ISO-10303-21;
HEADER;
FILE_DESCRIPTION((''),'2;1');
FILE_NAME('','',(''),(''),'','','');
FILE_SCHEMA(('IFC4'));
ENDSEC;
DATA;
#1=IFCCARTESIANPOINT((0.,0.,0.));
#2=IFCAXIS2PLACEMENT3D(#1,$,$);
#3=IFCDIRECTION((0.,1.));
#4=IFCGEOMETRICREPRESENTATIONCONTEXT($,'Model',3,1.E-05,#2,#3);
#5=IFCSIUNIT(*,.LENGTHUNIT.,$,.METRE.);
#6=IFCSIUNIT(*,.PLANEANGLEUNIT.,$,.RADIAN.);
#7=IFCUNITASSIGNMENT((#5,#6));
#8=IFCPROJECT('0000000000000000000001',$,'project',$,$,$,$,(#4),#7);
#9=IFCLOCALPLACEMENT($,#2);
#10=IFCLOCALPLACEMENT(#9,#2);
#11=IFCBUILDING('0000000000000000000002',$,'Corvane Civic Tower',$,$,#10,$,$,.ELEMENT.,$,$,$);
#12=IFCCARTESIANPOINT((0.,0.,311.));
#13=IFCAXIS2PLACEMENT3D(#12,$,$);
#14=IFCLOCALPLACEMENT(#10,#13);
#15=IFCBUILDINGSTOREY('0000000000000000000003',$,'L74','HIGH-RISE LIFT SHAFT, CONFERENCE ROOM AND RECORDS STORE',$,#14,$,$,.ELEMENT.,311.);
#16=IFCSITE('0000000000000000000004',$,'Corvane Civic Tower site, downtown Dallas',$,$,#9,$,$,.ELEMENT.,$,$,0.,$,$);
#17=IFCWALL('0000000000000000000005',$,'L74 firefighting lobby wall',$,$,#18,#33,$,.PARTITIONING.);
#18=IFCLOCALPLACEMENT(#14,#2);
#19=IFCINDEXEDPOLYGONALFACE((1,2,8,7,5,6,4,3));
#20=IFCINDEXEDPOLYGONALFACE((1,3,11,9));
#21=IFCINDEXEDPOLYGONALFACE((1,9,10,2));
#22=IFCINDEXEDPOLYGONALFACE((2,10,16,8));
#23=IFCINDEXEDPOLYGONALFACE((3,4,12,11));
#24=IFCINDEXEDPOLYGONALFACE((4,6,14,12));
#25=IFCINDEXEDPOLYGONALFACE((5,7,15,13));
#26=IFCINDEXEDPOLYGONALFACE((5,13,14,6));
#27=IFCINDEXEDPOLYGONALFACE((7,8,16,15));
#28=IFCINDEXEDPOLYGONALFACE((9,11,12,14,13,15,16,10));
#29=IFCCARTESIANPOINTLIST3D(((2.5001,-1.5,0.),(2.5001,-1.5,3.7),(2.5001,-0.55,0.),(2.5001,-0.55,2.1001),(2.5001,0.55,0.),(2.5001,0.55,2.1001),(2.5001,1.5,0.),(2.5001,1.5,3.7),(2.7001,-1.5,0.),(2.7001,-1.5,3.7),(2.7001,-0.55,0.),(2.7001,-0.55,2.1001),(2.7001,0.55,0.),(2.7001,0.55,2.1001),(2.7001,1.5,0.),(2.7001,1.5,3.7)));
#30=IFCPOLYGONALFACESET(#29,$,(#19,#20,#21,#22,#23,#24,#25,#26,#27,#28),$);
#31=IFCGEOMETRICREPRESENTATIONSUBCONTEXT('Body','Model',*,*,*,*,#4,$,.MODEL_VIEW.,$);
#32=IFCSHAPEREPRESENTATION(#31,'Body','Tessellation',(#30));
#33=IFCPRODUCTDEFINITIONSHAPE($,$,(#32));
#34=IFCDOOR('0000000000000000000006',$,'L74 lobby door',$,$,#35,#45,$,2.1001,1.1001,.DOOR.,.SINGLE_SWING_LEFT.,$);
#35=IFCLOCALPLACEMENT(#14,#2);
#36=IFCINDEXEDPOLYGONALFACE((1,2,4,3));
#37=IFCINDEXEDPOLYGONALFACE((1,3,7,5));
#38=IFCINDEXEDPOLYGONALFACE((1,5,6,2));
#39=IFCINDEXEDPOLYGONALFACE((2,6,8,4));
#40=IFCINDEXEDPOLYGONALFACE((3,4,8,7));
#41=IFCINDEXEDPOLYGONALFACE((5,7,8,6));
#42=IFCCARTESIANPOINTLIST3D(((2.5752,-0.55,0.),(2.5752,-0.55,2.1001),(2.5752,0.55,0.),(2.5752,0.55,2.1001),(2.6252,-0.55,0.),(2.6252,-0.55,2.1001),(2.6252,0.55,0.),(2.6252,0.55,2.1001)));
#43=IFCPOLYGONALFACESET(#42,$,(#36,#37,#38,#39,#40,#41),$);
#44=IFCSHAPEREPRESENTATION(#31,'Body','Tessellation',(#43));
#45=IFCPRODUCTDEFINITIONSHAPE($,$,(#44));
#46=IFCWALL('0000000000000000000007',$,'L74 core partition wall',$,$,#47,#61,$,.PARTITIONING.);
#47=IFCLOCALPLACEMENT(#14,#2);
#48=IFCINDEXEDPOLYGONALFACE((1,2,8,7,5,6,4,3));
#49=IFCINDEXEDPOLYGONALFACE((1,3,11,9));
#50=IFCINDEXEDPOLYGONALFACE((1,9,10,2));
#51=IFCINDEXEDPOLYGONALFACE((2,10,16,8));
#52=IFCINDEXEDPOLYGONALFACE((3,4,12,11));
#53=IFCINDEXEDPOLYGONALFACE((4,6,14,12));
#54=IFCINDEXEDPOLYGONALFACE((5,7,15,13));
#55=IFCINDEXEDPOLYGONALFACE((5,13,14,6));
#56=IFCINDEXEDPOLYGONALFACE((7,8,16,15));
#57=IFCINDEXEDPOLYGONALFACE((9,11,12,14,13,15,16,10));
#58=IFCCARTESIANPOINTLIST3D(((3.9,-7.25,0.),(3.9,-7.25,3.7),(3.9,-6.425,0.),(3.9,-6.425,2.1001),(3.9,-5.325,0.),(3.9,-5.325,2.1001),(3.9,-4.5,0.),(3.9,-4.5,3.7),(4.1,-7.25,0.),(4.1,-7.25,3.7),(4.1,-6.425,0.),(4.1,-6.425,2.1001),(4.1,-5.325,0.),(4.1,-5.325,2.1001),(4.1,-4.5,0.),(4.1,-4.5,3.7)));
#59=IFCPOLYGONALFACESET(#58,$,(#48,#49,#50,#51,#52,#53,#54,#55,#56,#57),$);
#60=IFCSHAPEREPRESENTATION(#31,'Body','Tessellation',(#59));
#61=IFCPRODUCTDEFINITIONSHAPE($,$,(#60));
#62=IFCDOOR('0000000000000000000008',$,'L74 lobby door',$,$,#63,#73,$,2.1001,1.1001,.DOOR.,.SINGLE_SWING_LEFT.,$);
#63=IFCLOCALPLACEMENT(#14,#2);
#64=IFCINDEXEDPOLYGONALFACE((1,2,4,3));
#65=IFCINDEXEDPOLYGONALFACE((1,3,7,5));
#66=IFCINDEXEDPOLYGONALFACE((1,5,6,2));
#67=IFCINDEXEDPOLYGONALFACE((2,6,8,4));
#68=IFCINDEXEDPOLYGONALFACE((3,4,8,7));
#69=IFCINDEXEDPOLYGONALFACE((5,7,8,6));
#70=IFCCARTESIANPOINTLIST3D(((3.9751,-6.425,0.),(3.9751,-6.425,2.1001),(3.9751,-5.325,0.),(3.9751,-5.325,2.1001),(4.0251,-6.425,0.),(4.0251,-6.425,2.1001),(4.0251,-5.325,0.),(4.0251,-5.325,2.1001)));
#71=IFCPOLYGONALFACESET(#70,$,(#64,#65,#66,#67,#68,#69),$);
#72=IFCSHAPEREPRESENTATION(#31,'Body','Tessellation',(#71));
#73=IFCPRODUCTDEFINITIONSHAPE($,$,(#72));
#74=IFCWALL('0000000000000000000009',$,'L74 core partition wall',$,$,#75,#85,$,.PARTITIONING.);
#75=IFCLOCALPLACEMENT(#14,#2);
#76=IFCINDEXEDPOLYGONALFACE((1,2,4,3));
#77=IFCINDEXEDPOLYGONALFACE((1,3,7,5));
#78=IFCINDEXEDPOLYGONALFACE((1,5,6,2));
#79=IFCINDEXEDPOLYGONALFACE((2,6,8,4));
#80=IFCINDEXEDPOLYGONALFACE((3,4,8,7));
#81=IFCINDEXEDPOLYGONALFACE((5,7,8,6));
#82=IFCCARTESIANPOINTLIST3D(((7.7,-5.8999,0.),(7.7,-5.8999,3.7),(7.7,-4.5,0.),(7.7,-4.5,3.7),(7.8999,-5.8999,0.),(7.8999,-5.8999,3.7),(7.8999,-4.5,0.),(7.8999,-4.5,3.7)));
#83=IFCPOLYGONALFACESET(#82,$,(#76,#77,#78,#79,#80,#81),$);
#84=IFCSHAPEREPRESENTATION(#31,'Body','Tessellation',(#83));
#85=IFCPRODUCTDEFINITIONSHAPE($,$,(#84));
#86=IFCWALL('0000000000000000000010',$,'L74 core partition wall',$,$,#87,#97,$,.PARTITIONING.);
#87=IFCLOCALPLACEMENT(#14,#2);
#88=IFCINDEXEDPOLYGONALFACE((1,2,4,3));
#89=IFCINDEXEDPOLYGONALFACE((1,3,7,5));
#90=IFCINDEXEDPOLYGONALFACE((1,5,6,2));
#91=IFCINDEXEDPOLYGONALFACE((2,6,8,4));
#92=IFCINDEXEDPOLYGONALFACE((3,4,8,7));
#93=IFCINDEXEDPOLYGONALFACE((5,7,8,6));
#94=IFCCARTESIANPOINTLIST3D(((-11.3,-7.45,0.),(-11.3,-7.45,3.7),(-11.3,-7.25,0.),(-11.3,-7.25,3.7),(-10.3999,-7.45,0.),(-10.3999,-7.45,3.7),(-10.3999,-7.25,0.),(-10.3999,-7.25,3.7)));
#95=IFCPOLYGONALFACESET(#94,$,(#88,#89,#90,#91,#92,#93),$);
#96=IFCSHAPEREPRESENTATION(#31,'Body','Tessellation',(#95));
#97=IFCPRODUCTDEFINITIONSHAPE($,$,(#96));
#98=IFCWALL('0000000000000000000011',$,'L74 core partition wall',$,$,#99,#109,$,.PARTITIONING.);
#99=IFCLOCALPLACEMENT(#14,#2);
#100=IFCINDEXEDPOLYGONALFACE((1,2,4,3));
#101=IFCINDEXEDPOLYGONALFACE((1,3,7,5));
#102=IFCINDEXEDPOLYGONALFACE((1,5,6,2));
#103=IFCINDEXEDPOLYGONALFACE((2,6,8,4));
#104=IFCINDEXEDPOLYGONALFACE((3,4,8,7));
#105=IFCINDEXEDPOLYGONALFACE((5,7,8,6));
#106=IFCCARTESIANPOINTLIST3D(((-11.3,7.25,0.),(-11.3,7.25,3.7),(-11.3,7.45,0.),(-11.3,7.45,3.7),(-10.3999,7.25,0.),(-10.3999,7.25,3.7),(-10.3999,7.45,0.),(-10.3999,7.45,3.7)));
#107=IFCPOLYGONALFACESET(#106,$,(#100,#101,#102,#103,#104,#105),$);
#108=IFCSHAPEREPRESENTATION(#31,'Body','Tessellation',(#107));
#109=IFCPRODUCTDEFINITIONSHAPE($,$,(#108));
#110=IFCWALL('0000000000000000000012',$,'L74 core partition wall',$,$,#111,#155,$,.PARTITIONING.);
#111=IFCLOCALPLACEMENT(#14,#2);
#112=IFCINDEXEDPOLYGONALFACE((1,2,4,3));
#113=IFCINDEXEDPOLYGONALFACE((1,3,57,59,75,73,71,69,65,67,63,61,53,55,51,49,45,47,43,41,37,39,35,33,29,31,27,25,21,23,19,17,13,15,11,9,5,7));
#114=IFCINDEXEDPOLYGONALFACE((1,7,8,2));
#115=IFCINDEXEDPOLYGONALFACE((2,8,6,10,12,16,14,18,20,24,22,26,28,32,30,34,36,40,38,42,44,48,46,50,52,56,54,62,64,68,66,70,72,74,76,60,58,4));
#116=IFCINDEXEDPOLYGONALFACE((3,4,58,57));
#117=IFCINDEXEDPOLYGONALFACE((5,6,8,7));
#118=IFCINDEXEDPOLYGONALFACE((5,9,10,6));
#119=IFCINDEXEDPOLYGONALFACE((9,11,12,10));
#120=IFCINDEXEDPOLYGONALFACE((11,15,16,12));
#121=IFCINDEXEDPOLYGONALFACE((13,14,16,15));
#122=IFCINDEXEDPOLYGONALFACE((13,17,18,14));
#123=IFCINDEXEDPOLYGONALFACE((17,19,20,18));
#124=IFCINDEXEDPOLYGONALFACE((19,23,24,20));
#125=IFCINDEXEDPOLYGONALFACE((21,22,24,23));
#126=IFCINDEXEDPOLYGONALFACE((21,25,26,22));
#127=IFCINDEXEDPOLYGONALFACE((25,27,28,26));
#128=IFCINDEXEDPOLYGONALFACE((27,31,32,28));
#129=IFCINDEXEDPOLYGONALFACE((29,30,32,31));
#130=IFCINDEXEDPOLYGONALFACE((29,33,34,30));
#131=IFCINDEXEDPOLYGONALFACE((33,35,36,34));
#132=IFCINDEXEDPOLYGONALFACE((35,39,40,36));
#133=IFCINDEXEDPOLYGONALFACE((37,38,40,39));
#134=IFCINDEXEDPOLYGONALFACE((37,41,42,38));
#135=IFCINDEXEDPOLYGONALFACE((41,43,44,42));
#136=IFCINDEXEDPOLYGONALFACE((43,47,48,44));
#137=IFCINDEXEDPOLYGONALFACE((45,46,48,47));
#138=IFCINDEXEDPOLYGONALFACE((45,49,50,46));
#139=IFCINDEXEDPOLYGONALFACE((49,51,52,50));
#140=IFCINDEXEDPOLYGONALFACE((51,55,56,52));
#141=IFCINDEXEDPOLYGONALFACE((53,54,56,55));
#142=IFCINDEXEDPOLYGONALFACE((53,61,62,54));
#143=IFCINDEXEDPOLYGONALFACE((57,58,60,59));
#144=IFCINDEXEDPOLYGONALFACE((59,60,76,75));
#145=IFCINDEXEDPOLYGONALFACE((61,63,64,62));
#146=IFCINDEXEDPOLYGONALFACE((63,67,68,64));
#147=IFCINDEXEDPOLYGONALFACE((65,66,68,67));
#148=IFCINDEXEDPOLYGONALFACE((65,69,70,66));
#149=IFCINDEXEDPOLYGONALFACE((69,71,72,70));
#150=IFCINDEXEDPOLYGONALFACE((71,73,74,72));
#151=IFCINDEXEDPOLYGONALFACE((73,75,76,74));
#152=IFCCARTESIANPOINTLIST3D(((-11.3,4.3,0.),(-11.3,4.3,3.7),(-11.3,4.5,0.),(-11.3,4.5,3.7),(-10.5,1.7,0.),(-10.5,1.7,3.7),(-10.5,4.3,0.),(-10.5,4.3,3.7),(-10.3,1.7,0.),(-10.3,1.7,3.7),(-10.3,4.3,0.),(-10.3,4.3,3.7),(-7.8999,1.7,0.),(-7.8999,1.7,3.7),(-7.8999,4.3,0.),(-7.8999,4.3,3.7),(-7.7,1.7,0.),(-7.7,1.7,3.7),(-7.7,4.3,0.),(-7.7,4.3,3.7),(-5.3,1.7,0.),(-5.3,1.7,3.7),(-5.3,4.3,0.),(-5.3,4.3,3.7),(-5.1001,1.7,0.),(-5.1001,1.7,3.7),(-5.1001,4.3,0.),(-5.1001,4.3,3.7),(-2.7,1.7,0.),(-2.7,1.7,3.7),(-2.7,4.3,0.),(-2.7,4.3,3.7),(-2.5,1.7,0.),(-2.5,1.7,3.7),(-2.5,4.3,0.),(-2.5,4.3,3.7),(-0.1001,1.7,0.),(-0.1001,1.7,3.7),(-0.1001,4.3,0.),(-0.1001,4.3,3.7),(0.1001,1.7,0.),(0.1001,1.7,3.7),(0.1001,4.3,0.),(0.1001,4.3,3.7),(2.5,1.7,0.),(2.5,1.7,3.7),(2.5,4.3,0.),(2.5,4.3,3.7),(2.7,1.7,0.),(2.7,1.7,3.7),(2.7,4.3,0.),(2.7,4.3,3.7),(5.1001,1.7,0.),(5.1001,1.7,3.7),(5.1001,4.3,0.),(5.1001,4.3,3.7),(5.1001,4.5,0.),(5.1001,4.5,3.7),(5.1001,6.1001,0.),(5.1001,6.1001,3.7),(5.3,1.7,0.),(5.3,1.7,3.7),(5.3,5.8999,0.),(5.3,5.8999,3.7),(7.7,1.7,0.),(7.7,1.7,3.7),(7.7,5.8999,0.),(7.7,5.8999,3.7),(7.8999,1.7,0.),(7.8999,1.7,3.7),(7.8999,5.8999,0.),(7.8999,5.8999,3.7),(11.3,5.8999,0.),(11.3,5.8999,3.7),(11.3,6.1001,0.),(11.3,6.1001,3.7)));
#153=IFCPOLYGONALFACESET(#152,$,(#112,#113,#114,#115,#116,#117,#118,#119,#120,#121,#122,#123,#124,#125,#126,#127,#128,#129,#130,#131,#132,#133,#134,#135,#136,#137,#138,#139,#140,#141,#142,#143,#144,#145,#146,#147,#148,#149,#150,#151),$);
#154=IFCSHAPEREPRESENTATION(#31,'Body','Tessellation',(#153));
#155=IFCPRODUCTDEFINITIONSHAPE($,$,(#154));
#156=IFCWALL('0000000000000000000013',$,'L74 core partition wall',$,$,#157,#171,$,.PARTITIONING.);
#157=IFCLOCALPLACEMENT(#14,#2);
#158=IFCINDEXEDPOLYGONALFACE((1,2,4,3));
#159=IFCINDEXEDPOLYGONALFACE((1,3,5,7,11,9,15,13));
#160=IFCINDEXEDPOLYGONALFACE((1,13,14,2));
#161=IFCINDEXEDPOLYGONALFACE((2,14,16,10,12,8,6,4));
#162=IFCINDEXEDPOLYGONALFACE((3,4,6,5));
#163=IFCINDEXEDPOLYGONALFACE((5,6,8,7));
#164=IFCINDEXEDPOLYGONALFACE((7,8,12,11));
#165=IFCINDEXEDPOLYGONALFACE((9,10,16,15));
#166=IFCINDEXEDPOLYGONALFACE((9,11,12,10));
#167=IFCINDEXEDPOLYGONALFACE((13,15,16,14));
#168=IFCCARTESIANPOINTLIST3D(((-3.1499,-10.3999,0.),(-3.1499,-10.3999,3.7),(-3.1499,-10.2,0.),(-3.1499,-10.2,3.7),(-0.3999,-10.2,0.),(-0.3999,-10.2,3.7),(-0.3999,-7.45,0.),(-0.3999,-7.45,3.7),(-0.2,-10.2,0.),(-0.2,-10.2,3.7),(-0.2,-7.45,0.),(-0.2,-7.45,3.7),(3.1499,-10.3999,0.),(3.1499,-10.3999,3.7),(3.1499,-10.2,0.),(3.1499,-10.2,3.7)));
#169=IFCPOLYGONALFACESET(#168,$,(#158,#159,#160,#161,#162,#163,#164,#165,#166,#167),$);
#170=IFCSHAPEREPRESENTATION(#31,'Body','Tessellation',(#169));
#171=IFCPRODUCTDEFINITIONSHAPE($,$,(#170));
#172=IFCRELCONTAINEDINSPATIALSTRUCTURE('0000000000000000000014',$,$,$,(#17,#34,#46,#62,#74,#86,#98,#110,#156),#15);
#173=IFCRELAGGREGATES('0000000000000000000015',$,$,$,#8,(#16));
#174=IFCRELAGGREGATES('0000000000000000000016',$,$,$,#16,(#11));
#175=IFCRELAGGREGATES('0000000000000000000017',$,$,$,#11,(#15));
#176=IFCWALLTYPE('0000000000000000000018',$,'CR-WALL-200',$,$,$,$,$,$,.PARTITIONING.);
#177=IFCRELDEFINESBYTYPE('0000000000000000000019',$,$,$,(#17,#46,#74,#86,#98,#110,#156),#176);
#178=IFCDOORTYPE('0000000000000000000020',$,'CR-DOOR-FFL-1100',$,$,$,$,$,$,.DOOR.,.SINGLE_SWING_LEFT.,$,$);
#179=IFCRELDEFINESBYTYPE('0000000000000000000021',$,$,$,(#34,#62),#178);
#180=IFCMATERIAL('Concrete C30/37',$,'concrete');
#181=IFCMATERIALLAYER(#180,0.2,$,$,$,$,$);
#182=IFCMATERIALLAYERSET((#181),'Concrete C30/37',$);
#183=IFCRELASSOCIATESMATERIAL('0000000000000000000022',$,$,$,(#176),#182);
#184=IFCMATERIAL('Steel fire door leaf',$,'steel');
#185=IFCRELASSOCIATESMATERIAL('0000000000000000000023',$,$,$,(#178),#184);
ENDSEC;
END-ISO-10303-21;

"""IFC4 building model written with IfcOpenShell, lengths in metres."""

from ifc_helpers import new_model, si_unit, direction, frame, frame_2d, origin, place, context, subcontext, project, spatial, polyline, rectangle, outline, extrude, material, layer, layer_set, type_object, element, fill, save


model = new_model("IFC4")

# Units and contexts
model_context = context("Model", 3, precision=1e-05, world=origin(), true_north=direction((0.0, 1.0)))
body_context = subcontext(model_context, "Body", "Model", "MODEL_VIEW")
ifc_project = project(units=[si_unit("LENGTHUNIT", "METRE"), si_unit("PLANEANGLEUNIT", "RADIAN")], contexts=[model_context])

# Site, building, storey
site_placement = place(None, origin())
site = spatial("IfcSite", under=ifc_project, at=site_placement, Name="Corvane Civic Tower site, downtown Dallas", CompositionType="ELEMENT", RefElevation=0.0)
building_placement = place(site_placement, origin())
building = spatial("IfcBuilding", under=site, at=building_placement, Name="Corvane Civic Tower", CompositionType="ELEMENT")
storey_placement = place(building_placement, frame((0.0, 0.0, 311.0)))
storey = spatial("IfcBuildingStorey", under=building, at=storey_placement, Name="L74", Description="HIGH-RISE LIFT SHAFT, CONFERENCE ROOM AND RECORDS STORE", CompositionType="ELEMENT", Elevation=311.0)

# Walls, openings, doors
ifc_material_1 = material(Name="Concrete C30/37", Category="concrete")
ifc_layer_1 = layer(ifc_material_1, 0.2)
ifc_layer_set_1 = layer_set([ifc_layer_1], Name="Concrete C30/37")
wall_type_1 = type_object("IfcWallType", Name="CR-WALL-200", PredefinedType="PARTITIONING", material=ifc_layer_set_1)
wall_1_placement = place(storey_placement, frame((2.6001, -1.5, 0.0), z_axis=(0.0, 0.0, 1.0), x_axis=(0.0, 1.0, 0.0)))
wall_1 = element("IfcWall", 1, at=wall_1_placement, inside=storey, type_object=wall_type_1, Name="L74 firefighting lobby wall", PredefinedType="PARTITIONING", context=body_context, shape_type="SweptSolid", body=[
    extrude(rectangle(XDim=3.0, YDim=0.2, at=frame_2d((1.5, 0.0))), origin(), (0.0, 0.0, 1.0), 3.7),
])
opening_1_placement = place(wall_1_placement, frame((0.95, 0.0, 0.0)))
opening_1 = element("IfcOpeningElement", 2, at=opening_1_placement, cuts=wall_1, PredefinedType="OPENING", context=body_context, shape_type="SweptSolid", body=[
    extrude(rectangle(XDim=1.1001, YDim=2.1001, at=frame_2d((0.55, 1.05))), frame((0.0, 0.1099, 0.0), z_axis=(0.0, -1.0, 0.0), x_axis=(1.0, 0.0, 0.0)), (0.0, 0.0, 1.0), 0.22),
])
ifc_material_2 = material(Name="Steel fire door leaf", Category="steel")
door_type_1 = type_object("IfcDoorType", Name="CR-DOOR-FFL-1100", OperationType="SINGLE_SWING_LEFT", PredefinedType="DOOR", material=ifc_material_2)
door_1_placement = place(opening_1_placement, origin())
door_1 = element("IfcDoor", 3, at=door_1_placement, inside=storey, type_object=door_type_1, Name="L74 lobby door", OperationType="SINGLE_SWING_LEFT", OverallHeight=2.1001, OverallWidth=1.1001, PredefinedType="DOOR", context=body_context, shape_type="SweptSolid", body=[
    extrude(rectangle(XDim=1.1001, YDim=2.1001, at=frame_2d((0.55, 1.05))), frame((0.0, 0.0249, 0.0), z_axis=(0.0, -1.0, 0.0), x_axis=(1.0, 0.0, 0.0)), (0.0, 0.0, 1.0), 0.05),
])
fill(opening_1, door_1)
wall_2_placement = place(storey_placement, frame((4.0, -7.25, 0.0), z_axis=(0.0, 0.0, 1.0), x_axis=(0.0, 1.0, 0.0)))
wall_2 = element("IfcWall", 4, at=wall_2_placement, inside=storey, type_object=wall_type_1, Name="L74 core partition wall", PredefinedType="PARTITIONING", context=body_context, shape_type="SweptSolid", body=[
    extrude(rectangle(XDim=2.75, YDim=0.2, at=frame_2d((1.375, 0.0))), origin(), (0.0, 0.0, 1.0), 3.7),
])
opening_2_placement = place(wall_2_placement, frame((0.825, 0.0, 0.0)))
opening_2 = element("IfcOpeningElement", 5, at=opening_2_placement, cuts=wall_2, PredefinedType="OPENING", context=body_context, shape_type="SweptSolid", body=[
    extrude(rectangle(XDim=1.1001, YDim=2.1001, at=frame_2d((0.55, 1.05))), frame((0.0, 0.1099, 0.0), z_axis=(0.0, -1.0, 0.0), x_axis=(1.0, 0.0, 0.0)), (0.0, 0.0, 1.0), 0.22),
])
door_2_placement = place(opening_2_placement, origin())
door_2 = element("IfcDoor", 6, at=door_2_placement, inside=storey, type_object=door_type_1, Name="L74 lobby door", OperationType="SINGLE_SWING_LEFT", OverallHeight=2.1001, OverallWidth=1.1001, PredefinedType="DOOR", context=body_context, shape_type="SweptSolid", body=[
    extrude(rectangle(XDim=1.1001, YDim=2.1001, at=frame_2d((0.55, 1.05))), frame((0.0, 0.0249, 0.0), z_axis=(0.0, -1.0, 0.0), x_axis=(1.0, 0.0, 0.0)), (0.0, 0.0, 1.0), 0.05),
])
fill(opening_2, door_2)

# Walls
wall_3_placement = place(storey_placement, origin())
element("IfcWall", 7, at=wall_3_placement, inside=storey, type_object=wall_type_1, Name="L74 core partition wall", PredefinedType="PARTITIONING", context=body_context, shape_type="SweptSolid", body=[
    extrude(outline(polyline([(7.8999, -5.8999), (7.7, -5.8999), (7.7, -4.5), (7.8999, -4.5), (7.8999, -5.8999)])), origin(), (0.0, 0.0, 1.0), 3.7),
])
wall_4_placement = place(storey_placement, origin())
element("IfcWall", 8, at=wall_4_placement, inside=storey, type_object=wall_type_1, Name="L74 core partition wall", PredefinedType="PARTITIONING", context=body_context, shape_type="SweptSolid", body=[
    extrude(outline(polyline([(-10.3999, -7.45), (-11.3, -7.45), (-11.3, -7.25), (-10.3999, -7.25), (-10.3999, -7.45)])), origin(), (0.0, 0.0, 1.0), 3.7),
])
wall_5_placement = place(storey_placement, origin())
element("IfcWall", 9, at=wall_5_placement, inside=storey, type_object=wall_type_1, Name="L74 core partition wall", PredefinedType="PARTITIONING", context=body_context, shape_type="SweptSolid", body=[
    extrude(outline(polyline([(-10.3999, 7.25), (-11.3, 7.25), (-11.3, 7.45), (-10.3999, 7.45), (-10.3999, 7.25)])), origin(), (0.0, 0.0, 1.0), 3.7),
])
wall_6_placement = place(storey_placement, origin())
element("IfcWall", 10, at=wall_6_placement, inside=storey, type_object=wall_type_1, Name="L74 core partition wall", PredefinedType="PARTITIONING", context=body_context, shape_type="SweptSolid", body=[
    extrude(outline(polyline([(-5.3, 1.7), (-5.3, 4.3), (-7.7, 4.3), (-7.7, 1.7), (-7.8999, 1.7), (-7.8999, 4.3), (-10.3, 4.3), (-10.3, 1.7), (-10.5, 1.7), (-10.5, 4.3), (-11.3, 4.3), (-11.3, 4.5), (5.1001, 4.5), (5.1001, 6.1001), (11.3, 6.1001), (11.3, 5.8999), (7.8999, 5.8999), (7.8999, 1.7), (7.7, 1.7), (7.7, 5.8999), (5.3, 5.8999), (5.3, 1.7), (5.1001, 1.7), (5.1001, 4.3), (2.7, 4.3), (2.7, 1.7), (2.5, 1.7), (2.5, 4.3), (0.1001, 4.3), (0.1001, 1.7), (-0.1001, 1.7), (-0.1001, 4.3), (-2.5, 4.3), (-2.5, 1.7), (-2.7, 1.7), (-2.7, 4.3), (-5.1001, 4.3), (-5.1001, 1.7), (-5.3, 1.7)])), origin(), (0.0, 0.0, 1.0), 3.7),
])
wall_7_placement = place(storey_placement, origin())
element("IfcWall", 11, at=wall_7_placement, inside=storey, type_object=wall_type_1, Name="L74 core partition wall", PredefinedType="PARTITIONING", context=body_context, shape_type="SweptSolid", body=[
    extrude(outline(polyline([(-0.2, -7.45), (-0.2, -10.2), (3.1499, -10.2), (3.1499, -10.3999), (-3.1499, -10.3999), (-3.1499, -10.2), (-0.3999, -10.2), (-0.3999, -7.45), (-0.2, -7.45)])), origin(), (0.0, 0.0, 1.0), 3.7),
])

save(model, "model.ifc")
